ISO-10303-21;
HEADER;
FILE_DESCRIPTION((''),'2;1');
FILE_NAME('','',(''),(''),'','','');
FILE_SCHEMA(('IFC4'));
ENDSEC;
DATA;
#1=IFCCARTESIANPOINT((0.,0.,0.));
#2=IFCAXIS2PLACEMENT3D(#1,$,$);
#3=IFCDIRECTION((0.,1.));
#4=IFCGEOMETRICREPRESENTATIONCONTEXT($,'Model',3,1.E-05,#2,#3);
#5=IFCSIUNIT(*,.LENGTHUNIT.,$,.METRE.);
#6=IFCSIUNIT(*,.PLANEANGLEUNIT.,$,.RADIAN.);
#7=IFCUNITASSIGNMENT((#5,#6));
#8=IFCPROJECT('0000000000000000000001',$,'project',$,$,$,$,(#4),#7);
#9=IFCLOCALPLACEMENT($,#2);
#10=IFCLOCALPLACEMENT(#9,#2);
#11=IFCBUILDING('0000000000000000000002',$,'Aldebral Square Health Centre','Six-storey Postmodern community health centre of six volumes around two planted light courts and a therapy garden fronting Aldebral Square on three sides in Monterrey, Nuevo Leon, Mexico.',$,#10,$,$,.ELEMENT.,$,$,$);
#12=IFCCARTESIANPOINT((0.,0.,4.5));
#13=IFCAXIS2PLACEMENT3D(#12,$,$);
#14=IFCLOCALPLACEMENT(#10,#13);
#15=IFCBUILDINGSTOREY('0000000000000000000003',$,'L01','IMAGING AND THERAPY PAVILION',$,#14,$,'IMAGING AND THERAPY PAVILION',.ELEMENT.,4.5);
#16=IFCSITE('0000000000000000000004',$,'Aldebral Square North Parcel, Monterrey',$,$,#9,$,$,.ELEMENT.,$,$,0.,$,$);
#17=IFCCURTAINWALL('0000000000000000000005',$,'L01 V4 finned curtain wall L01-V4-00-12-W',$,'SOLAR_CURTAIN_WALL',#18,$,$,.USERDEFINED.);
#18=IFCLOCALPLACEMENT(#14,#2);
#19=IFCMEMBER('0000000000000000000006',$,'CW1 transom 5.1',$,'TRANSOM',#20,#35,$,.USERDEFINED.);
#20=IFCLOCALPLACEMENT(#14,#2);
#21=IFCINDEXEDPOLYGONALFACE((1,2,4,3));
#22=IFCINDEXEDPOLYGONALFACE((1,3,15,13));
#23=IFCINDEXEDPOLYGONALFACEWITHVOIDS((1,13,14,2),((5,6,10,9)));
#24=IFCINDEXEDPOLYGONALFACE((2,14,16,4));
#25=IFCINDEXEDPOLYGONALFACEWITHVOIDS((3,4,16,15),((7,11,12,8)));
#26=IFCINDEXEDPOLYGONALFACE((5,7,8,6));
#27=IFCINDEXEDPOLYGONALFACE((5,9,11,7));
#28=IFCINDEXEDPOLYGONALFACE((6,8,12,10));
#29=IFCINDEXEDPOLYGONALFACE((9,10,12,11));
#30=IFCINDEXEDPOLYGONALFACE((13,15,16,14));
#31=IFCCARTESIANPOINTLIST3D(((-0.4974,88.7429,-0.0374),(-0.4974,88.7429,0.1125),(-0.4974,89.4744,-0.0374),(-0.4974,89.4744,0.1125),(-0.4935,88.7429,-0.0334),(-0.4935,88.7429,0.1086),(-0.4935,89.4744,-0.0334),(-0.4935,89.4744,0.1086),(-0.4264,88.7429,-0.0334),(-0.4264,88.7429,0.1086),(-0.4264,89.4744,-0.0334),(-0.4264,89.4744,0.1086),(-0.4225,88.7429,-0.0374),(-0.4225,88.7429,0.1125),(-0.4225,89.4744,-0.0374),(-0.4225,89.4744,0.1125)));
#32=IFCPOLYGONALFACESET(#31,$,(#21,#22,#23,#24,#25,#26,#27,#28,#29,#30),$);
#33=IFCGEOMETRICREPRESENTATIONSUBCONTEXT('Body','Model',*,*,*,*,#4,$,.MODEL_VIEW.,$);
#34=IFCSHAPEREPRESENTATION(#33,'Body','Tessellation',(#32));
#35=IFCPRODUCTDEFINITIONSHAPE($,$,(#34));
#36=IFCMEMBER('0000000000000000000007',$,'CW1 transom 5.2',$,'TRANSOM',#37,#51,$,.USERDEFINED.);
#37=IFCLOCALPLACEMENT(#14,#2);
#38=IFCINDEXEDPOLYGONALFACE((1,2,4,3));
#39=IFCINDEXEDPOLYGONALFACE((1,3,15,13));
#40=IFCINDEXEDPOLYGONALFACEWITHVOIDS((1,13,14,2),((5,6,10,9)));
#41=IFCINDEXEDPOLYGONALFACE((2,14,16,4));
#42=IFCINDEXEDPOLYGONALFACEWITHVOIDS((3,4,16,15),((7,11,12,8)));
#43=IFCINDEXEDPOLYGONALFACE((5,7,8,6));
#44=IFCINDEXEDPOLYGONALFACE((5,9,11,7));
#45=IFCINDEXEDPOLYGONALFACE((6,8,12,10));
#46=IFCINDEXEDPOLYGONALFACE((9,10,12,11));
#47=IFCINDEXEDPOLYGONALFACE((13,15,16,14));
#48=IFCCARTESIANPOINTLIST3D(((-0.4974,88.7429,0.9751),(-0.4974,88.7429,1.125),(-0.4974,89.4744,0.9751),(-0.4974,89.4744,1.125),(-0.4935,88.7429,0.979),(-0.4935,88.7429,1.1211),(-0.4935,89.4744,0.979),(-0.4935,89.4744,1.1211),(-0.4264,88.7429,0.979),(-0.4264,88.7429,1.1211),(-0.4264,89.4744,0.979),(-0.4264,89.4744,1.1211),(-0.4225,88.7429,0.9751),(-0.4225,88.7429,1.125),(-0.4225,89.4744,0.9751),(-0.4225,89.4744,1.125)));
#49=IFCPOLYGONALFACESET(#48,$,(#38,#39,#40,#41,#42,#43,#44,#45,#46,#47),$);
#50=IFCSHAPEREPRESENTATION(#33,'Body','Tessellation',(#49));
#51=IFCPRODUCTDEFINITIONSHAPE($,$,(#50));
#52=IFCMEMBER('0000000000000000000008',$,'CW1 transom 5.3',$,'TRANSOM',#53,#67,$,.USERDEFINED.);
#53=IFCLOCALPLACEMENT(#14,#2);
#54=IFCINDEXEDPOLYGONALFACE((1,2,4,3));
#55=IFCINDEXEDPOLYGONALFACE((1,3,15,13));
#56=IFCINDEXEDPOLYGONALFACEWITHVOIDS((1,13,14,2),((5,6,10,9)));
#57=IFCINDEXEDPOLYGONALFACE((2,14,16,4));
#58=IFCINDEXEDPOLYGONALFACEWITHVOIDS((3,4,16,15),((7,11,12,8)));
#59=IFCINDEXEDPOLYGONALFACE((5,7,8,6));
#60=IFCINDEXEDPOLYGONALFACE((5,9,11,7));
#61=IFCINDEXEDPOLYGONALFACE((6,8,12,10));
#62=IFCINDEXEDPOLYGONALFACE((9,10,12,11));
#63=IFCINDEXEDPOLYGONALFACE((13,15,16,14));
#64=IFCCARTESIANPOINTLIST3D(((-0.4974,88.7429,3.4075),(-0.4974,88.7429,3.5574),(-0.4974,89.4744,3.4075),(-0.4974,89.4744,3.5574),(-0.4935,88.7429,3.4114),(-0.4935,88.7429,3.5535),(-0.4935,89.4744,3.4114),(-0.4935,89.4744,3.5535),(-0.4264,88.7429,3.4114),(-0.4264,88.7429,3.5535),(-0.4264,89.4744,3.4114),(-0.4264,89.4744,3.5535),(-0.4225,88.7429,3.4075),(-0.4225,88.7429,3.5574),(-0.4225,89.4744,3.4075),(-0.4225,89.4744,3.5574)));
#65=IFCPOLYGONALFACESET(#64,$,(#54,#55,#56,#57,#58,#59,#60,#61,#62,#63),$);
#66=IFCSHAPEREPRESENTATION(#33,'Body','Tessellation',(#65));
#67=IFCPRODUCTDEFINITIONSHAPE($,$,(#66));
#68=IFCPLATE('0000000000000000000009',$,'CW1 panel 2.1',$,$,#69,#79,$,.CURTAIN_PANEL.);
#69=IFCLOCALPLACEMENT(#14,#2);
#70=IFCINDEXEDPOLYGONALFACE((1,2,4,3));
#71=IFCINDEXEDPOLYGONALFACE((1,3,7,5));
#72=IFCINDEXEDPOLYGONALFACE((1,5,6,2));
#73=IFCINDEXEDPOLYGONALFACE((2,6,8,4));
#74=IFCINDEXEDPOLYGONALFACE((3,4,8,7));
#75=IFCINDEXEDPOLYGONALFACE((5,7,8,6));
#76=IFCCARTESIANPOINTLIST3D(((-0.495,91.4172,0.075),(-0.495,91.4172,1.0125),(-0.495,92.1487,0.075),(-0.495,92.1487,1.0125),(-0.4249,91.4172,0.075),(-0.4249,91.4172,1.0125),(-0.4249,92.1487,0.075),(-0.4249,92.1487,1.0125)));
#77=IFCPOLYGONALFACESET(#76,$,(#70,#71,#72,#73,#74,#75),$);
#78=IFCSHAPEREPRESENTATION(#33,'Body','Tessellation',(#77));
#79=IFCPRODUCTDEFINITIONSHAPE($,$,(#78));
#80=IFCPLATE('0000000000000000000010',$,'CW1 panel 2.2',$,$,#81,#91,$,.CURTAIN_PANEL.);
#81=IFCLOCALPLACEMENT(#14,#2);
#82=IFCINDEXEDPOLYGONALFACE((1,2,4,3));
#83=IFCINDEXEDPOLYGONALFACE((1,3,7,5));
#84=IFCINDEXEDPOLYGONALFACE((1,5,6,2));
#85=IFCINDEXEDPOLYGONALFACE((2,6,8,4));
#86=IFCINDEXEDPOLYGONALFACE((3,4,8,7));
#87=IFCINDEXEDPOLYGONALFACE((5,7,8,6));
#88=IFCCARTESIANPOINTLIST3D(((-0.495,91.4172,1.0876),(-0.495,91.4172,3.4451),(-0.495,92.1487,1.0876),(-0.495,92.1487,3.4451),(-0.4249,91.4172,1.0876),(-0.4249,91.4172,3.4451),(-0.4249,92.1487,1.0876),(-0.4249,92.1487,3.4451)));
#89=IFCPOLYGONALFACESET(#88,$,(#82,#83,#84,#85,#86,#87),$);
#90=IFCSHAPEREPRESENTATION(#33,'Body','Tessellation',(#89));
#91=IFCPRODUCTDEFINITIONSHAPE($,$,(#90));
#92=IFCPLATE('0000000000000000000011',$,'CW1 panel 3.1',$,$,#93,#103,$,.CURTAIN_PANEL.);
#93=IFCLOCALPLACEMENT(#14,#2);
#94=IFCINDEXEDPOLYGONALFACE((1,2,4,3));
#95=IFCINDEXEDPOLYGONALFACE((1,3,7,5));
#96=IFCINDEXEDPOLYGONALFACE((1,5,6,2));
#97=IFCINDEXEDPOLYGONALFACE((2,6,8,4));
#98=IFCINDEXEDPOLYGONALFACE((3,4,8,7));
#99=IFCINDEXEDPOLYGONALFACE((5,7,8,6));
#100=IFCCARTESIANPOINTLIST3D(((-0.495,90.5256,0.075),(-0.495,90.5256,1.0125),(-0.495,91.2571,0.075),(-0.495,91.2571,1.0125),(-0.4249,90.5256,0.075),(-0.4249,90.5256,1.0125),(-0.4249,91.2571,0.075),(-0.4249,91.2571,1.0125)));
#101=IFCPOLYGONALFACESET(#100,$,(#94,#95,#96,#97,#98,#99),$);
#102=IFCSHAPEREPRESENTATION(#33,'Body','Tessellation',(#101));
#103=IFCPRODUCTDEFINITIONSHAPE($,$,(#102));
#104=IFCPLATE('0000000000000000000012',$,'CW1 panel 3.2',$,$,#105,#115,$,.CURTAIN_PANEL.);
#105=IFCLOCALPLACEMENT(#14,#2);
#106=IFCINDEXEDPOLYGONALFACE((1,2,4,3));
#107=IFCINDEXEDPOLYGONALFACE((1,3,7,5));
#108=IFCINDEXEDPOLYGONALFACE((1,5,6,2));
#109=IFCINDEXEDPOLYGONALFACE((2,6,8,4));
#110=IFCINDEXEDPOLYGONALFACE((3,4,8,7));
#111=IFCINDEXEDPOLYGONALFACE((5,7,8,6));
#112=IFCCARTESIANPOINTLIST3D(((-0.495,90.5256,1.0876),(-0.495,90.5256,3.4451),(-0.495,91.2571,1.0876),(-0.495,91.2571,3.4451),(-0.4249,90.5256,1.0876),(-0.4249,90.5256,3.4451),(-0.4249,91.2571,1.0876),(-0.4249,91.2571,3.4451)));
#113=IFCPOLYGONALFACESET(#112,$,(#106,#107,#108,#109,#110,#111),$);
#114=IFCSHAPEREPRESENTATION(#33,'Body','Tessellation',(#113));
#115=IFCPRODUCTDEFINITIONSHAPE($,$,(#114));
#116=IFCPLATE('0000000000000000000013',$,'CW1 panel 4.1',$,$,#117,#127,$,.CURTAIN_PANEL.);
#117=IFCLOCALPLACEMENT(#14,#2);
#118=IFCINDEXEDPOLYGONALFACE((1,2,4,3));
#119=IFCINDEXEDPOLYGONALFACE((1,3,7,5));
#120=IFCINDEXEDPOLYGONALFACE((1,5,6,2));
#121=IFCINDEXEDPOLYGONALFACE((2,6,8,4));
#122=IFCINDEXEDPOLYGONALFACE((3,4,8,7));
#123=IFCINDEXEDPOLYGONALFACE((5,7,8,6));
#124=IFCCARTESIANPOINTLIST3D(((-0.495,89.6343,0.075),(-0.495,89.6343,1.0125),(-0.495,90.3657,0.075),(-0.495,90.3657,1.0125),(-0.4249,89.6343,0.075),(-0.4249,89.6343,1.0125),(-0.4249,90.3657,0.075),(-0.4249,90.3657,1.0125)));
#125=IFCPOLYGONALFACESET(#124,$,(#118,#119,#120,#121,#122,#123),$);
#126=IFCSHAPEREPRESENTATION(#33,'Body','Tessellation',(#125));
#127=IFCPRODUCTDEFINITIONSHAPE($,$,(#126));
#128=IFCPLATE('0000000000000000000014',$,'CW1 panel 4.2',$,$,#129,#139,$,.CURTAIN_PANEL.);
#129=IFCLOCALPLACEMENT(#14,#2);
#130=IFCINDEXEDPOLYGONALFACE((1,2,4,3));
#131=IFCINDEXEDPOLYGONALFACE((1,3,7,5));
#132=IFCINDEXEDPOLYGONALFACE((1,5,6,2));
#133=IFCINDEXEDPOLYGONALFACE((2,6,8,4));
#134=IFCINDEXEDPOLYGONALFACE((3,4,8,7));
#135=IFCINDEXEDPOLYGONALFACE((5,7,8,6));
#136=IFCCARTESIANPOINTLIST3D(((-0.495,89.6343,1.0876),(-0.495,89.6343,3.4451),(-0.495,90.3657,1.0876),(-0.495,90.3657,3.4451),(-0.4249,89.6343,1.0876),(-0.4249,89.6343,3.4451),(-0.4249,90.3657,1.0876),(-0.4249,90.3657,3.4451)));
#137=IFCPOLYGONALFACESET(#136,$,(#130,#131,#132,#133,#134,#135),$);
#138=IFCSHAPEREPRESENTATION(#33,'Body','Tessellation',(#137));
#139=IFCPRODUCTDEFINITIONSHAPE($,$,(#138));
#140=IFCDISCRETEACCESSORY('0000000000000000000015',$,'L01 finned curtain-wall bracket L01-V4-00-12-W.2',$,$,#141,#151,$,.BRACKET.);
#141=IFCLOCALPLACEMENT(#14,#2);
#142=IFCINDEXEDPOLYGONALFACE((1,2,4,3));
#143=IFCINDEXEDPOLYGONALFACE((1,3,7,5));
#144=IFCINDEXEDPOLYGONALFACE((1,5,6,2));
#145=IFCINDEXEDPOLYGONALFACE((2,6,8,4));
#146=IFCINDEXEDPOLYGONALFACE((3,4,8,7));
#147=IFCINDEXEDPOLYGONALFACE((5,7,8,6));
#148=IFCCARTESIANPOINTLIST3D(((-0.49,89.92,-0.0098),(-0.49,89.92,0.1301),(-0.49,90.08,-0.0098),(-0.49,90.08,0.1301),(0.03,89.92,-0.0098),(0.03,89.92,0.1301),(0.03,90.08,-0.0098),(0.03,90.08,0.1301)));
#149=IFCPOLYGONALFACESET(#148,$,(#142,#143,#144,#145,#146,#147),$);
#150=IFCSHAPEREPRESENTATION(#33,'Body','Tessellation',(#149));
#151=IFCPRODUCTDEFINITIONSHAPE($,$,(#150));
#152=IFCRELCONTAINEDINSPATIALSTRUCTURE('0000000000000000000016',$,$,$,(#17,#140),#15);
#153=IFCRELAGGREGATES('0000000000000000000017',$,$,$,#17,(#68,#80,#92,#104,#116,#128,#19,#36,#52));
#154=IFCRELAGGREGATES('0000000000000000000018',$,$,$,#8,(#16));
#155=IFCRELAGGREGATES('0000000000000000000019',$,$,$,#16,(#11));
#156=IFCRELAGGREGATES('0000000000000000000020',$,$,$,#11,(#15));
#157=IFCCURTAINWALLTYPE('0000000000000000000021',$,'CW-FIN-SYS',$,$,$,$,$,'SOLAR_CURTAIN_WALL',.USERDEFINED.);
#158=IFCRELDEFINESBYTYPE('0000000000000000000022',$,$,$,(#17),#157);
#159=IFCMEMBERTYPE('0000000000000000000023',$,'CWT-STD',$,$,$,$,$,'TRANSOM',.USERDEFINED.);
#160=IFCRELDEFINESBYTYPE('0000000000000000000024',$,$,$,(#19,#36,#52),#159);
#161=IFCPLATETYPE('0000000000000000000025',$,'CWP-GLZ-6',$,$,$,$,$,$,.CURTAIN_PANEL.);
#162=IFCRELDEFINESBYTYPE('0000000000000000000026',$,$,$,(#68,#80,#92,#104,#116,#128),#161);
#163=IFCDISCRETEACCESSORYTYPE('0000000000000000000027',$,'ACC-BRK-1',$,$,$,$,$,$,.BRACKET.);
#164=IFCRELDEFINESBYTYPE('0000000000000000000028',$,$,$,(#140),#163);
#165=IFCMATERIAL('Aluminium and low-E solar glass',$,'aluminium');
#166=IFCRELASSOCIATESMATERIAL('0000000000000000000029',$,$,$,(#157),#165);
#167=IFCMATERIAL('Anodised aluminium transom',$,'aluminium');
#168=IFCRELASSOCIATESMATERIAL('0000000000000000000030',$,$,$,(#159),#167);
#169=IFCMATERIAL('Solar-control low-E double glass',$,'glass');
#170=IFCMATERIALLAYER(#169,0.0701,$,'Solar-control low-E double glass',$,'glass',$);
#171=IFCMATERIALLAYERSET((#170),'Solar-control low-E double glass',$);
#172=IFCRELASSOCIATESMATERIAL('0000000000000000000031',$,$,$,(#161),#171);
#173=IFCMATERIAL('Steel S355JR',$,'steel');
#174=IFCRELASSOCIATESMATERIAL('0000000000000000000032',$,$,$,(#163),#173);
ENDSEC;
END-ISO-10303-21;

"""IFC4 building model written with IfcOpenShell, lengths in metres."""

from ifc_helpers import new_model, si_unit, direction, frame, origin, origin_2d, place, context, subcontext, project, spatial, rectangle, hollow_rectangle, extrude, material, layer, layer_set, material_profile, profile_set, type_object, element, aggregate, save


model = new_model("IFC4")

# Units and contexts
model_context = context("Model", 3, precision=1e-05, world=origin(), true_north=direction((0.0, 1.0)))
body_context = subcontext(model_context, "Body", "Model", "MODEL_VIEW")
ifc_project = project(units=[si_unit("LENGTHUNIT", "METRE"), si_unit("PLANEANGLEUNIT", "RADIAN")], contexts=[model_context])

# Site, building, storey
site_placement = place(None, origin())
site = spatial("IfcSite", under=ifc_project, at=site_placement, Name="Aldebral Square North Parcel, Monterrey", CompositionType="ELEMENT", RefElevation=0.0)
building_placement = place(site_placement, origin())
building = spatial("IfcBuilding", under=site, at=building_placement, Name="Aldebral Square Health Centre", Description="Six-storey Postmodern community health centre of six volumes around two planted light courts and a therapy garden fronting Aldebral Square on three sides in Monterrey, Nuevo Leon, Mexico.", CompositionType="ELEMENT")
storey_placement = place(building_placement, frame((0.0, 0.0, 4.5)))
storey = spatial("IfcBuildingStorey", under=building, at=storey_placement, Name="L01", Description="IMAGING AND THERAPY PAVILION", LongName="IMAGING AND THERAPY PAVILION", CompositionType="ELEMENT", Elevation=4.5)

# Curtain wall, members, plates
ifc_material_1 = material(Name="Aluminium and low-E solar glass", Category="aluminium")
curtain_wall_type = type_object("IfcCurtainWallType", Name="CW-FIN-SYS", ElementType="SOLAR_CURTAIN_WALL", PredefinedType="USERDEFINED", material=ifc_material_1)
curtain_wall_placement = place(storey_placement, origin())
curtain_wall = element("IfcCurtainWall", 1, at=curtain_wall_placement, inside=storey, type_object=curtain_wall_type, Name="L01 V4 finned curtain wall L01-V4-00-12-W", ObjectType="SOLAR_CURTAIN_WALL", PredefinedType="USERDEFINED")
ifc_material_2 = material(Name="Anodised aluminium transom", Category="aluminium")
ifc_material_profile_1 = material_profile(ifc_material_2, hollow_rectangle(XDim=0.075, YDim=0.1499, WallThickness=0.0039, at=origin_2d()), Name="CWT 75x150x4")
ifc_profile_set_1 = profile_set([ifc_material_profile_1], Name="Anodised aluminium transom")
member_type_1 = type_object("IfcMemberType", Name="CWT-STD", ElementType="TRANSOM", PredefinedType="USERDEFINED", material=ifc_profile_set_1)
member_1_placement = place(storey_placement, frame((-0.46, 89.4744, 0.0376), z_axis=(0.0, -1.0, 0.0), x_axis=(1.0, 0.0, 0.0)))
member_1 = element("IfcMember", 2, at=member_1_placement, type_object=member_type_1, Name="CW1 transom 5.1", ObjectType="TRANSOM", PredefinedType="USERDEFINED", context=body_context, shape_type="SweptSolid", body=[
    extrude(hollow_rectangle(XDim=0.075, YDim=0.1499, WallThickness=0.0039, at=origin_2d()), origin(), (0.0, 0.0, 1.0), 0.7314),
])
member_2_placement = place(storey_placement, frame((-0.46, 89.4744, 1.05), z_axis=(0.0, -1.0, 0.0), x_axis=(1.0, 0.0, 0.0)))
member_2 = element("IfcMember", 3, at=member_2_placement, type_object=member_type_1, Name="CW1 transom 5.2", ObjectType="TRANSOM", PredefinedType="USERDEFINED", context=body_context, shape_type="SweptSolid", body=[
    extrude(hollow_rectangle(XDim=0.075, YDim=0.1499, WallThickness=0.0039, at=origin_2d()), origin(), (0.0, 0.0, 1.0), 0.7314),
])
member_3_placement = place(storey_placement, frame((-0.46, 89.4744, 3.4824), z_axis=(0.0, -1.0, 0.0), x_axis=(1.0, 0.0, 0.0)))
member_3 = element("IfcMember", 4, at=member_3_placement, type_object=member_type_1, Name="CW1 transom 5.3", ObjectType="TRANSOM", PredefinedType="USERDEFINED", context=body_context, shape_type="SweptSolid", body=[
    extrude(hollow_rectangle(XDim=0.075, YDim=0.1499, WallThickness=0.0039, at=origin_2d()), origin(), (0.0, 0.0, 1.0), 0.7314),
])
ifc_material_3 = material(Name="Solar-control low-E double glass", Category="glass")
ifc_layer = layer(ifc_material_3, 0.0701, Name="Solar-control low-E double glass", Category="glass")
ifc_layer_set = layer_set([ifc_layer], Name="Solar-control low-E double glass")
plate_type = type_object("IfcPlateType", Name="CWP-GLZ-6", PredefinedType="CURTAIN_PANEL", material=ifc_layer_set)
plate_1_placement = place(storey_placement, frame((-0.46, 91.783, 0.075), z_axis=(0.0, 0.0, 1.0), x_axis=(0.0, -1.0, 0.0)))
plate_1 = element("IfcPlate", 5, at=plate_1_placement, type_object=plate_type, Name="CW1 panel 2.1", PredefinedType="CURTAIN_PANEL", context=body_context, shape_type="SweptSolid", body=[
    extrude(rectangle(XDim=0.7314, YDim=0.0701, at=origin_2d()), origin(), (0.0, 0.0, 1.0), 0.9375),
])
plate_2_placement = place(storey_placement, frame((-0.46, 91.783, 1.0876), z_axis=(0.0, 0.0, 1.0), x_axis=(0.0, -1.0, 0.0)))
plate_2 = element("IfcPlate", 6, at=plate_2_placement, type_object=plate_type, Name="CW1 panel 2.2", PredefinedType="CURTAIN_PANEL", context=body_context, shape_type="SweptSolid", body=[
    extrude(rectangle(XDim=0.7314, YDim=0.0701, at=origin_2d()), origin(), (0.0, 0.0, 1.0), 2.3574),
])
plate_3_placement = place(storey_placement, frame((-0.46, 90.8914, 0.075), z_axis=(0.0, 0.0, 1.0), x_axis=(0.0, -1.0, 0.0)))
plate_3 = element("IfcPlate", 7, at=plate_3_placement, type_object=plate_type, Name="CW1 panel 3.1", PredefinedType="CURTAIN_PANEL", context=body_context, shape_type="SweptSolid", body=[
    extrude(rectangle(XDim=0.7314, YDim=0.0701, at=origin_2d()), origin(), (0.0, 0.0, 1.0), 0.9375),
])
plate_4_placement = place(storey_placement, frame((-0.46, 90.8914, 1.0876), z_axis=(0.0, 0.0, 1.0), x_axis=(0.0, -1.0, 0.0)))
plate_4 = element("IfcPlate", 8, at=plate_4_placement, type_object=plate_type, Name="CW1 panel 3.2", PredefinedType="CURTAIN_PANEL", context=body_context, shape_type="SweptSolid", body=[
    extrude(rectangle(XDim=0.7314, YDim=0.0701, at=origin_2d()), origin(), (0.0, 0.0, 1.0), 2.3574),
])
plate_5_placement = place(storey_placement, frame((-0.46, 90.0, 0.075), z_axis=(0.0, 0.0, 1.0), x_axis=(0.0, -1.0, 0.0)))
plate_5 = element("IfcPlate", 9, at=plate_5_placement, type_object=plate_type, Name="CW1 panel 4.1", PredefinedType="CURTAIN_PANEL", context=body_context, shape_type="SweptSolid", body=[
    extrude(rectangle(XDim=0.7314, YDim=0.0701, at=origin_2d()), origin(), (0.0, 0.0, 1.0), 0.9375),
])
plate_6_placement = place(storey_placement, frame((-0.46, 90.0, 1.0876), z_axis=(0.0, 0.0, 1.0), x_axis=(0.0, -1.0, 0.0)))
plate_6 = element("IfcPlate", 10, at=plate_6_placement, type_object=plate_type, Name="CW1 panel 4.2", PredefinedType="CURTAIN_PANEL", context=body_context, shape_type="SweptSolid", body=[
    extrude(rectangle(XDim=0.7314, YDim=0.0701, at=origin_2d()), origin(), (0.0, 0.0, 1.0), 2.3574),
])
aggregate(curtain_wall, [plate_1, plate_2, plate_3, plate_4, plate_5, plate_6, member_1, member_2, member_3])

# Discrete accessory
ifc_material_4 = material(Name="Steel S355JR", Category="steel")
discrete_accessory_type = type_object("IfcDiscreteAccessoryType", Name="ACC-BRK-1", PredefinedType="BRACKET", material=ifc_material_4)
discrete_accessory_placement = place(storey_placement, frame((-0.23, 90.0, -0.0098), z_axis=(0.0, 0.0, 1.0), x_axis=(0.0, 1.0, 0.0)))
element("IfcDiscreteAccessory", 11, at=discrete_accessory_placement, inside=storey, type_object=discrete_accessory_type, Name="L01 finned curtain-wall bracket L01-V4-00-12-W.2", PredefinedType="BRACKET", context=body_context, shape_type="SweptSolid", body=[
    extrude(rectangle(XDim=0.1599, YDim=0.52, at=origin_2d()), origin(), (0.0, 0.0, 1.0), 0.1399),
])

save(model, "model.ifc")
